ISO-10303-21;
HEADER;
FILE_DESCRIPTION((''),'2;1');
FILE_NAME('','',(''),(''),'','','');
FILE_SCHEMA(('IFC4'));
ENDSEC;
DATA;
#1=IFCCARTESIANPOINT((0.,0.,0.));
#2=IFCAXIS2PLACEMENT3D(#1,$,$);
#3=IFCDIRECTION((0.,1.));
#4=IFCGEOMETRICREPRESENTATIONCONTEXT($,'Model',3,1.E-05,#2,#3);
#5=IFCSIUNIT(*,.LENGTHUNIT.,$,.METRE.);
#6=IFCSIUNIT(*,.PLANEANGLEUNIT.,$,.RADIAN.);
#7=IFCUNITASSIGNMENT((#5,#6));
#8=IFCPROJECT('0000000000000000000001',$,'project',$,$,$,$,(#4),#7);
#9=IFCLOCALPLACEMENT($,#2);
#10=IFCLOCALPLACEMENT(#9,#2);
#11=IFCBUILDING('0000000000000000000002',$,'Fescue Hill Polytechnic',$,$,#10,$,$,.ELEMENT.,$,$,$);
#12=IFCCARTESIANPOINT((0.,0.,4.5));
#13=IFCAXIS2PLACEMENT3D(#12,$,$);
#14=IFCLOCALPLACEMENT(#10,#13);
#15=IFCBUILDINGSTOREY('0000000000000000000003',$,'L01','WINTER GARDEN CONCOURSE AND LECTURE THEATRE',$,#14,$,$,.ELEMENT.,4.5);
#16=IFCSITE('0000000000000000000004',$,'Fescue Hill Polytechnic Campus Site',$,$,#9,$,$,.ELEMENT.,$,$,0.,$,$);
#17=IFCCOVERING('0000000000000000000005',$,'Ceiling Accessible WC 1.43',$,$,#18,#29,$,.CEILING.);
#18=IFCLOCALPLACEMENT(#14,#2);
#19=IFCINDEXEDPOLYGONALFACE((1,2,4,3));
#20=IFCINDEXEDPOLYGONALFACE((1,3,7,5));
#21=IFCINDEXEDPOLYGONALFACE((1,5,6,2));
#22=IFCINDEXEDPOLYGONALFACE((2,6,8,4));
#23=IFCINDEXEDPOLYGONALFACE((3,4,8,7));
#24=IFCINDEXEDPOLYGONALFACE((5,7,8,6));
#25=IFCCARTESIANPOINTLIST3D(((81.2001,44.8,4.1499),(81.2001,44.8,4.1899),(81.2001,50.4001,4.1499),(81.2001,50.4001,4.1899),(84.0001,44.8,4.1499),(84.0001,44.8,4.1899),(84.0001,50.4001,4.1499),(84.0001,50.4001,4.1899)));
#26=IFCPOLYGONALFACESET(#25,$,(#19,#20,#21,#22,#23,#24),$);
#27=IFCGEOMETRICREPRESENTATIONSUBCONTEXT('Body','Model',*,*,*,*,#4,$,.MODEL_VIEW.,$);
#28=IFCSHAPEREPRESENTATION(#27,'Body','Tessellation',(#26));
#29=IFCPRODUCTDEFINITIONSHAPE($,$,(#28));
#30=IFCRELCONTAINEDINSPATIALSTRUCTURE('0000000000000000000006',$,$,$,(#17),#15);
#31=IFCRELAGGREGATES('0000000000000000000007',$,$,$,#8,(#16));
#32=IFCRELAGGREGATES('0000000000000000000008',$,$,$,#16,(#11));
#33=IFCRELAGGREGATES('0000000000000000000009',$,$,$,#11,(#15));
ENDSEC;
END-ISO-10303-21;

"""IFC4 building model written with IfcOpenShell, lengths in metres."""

from ifc_helpers import new_model, si_unit, direction, frame, origin, origin_2d, place, context, subcontext, project, spatial, rectangle, extrude, element, save


model = new_model("IFC4")

# Units and contexts
model_context = context("Model", 3, precision=1e-05, world=origin(), true_north=direction((0.0, 1.0)))
body_context = subcontext(model_context, "Body", "Model", "MODEL_VIEW")
ifc_project = project(units=[si_unit("LENGTHUNIT", "METRE"), si_unit("PLANEANGLEUNIT", "RADIAN")], contexts=[model_context])

# Site, building, storey
site_placement = place(None, origin())
site = spatial("IfcSite", under=ifc_project, at=site_placement, Name="Fescue Hill Polytechnic Campus Site", CompositionType="ELEMENT", RefElevation=0.0)
building_placement = place(site_placement, origin())
building = spatial("IfcBuilding", under=site, at=building_placement, Name="Fescue Hill Polytechnic", CompositionType="ELEMENT")
storey_placement = place(building_placement, frame((0.0, 0.0, 4.5)))
storey = spatial("IfcBuildingStorey", under=building, at=storey_placement, Name="L01", Description="WINTER GARDEN CONCOURSE AND LECTURE THEATRE", CompositionType="ELEMENT", Elevation=4.5)

# Covering
for number, where, z_axis, x_axis, name in (
    (1, (82.6001, 47.6001, 4.1499), (0.0, 0.0, 1.0), (1.0, 0.0, 0.0), "Ceiling Accessible WC 1.43"),
):
    element("IfcCovering", number, at=place(storey_placement, frame(where, z_axis=z_axis, x_axis=x_axis)), inside=storey, Name=name, PredefinedType="CEILING", context=body_context, shape_type="SweptSolid", body=[
        extrude(rectangle(XDim=2.8, YDim=5.6001, at=origin_2d()), origin(), (0.0, 0.0, 1.0), 0.04),
    ])

save(model, "model.ifc")
